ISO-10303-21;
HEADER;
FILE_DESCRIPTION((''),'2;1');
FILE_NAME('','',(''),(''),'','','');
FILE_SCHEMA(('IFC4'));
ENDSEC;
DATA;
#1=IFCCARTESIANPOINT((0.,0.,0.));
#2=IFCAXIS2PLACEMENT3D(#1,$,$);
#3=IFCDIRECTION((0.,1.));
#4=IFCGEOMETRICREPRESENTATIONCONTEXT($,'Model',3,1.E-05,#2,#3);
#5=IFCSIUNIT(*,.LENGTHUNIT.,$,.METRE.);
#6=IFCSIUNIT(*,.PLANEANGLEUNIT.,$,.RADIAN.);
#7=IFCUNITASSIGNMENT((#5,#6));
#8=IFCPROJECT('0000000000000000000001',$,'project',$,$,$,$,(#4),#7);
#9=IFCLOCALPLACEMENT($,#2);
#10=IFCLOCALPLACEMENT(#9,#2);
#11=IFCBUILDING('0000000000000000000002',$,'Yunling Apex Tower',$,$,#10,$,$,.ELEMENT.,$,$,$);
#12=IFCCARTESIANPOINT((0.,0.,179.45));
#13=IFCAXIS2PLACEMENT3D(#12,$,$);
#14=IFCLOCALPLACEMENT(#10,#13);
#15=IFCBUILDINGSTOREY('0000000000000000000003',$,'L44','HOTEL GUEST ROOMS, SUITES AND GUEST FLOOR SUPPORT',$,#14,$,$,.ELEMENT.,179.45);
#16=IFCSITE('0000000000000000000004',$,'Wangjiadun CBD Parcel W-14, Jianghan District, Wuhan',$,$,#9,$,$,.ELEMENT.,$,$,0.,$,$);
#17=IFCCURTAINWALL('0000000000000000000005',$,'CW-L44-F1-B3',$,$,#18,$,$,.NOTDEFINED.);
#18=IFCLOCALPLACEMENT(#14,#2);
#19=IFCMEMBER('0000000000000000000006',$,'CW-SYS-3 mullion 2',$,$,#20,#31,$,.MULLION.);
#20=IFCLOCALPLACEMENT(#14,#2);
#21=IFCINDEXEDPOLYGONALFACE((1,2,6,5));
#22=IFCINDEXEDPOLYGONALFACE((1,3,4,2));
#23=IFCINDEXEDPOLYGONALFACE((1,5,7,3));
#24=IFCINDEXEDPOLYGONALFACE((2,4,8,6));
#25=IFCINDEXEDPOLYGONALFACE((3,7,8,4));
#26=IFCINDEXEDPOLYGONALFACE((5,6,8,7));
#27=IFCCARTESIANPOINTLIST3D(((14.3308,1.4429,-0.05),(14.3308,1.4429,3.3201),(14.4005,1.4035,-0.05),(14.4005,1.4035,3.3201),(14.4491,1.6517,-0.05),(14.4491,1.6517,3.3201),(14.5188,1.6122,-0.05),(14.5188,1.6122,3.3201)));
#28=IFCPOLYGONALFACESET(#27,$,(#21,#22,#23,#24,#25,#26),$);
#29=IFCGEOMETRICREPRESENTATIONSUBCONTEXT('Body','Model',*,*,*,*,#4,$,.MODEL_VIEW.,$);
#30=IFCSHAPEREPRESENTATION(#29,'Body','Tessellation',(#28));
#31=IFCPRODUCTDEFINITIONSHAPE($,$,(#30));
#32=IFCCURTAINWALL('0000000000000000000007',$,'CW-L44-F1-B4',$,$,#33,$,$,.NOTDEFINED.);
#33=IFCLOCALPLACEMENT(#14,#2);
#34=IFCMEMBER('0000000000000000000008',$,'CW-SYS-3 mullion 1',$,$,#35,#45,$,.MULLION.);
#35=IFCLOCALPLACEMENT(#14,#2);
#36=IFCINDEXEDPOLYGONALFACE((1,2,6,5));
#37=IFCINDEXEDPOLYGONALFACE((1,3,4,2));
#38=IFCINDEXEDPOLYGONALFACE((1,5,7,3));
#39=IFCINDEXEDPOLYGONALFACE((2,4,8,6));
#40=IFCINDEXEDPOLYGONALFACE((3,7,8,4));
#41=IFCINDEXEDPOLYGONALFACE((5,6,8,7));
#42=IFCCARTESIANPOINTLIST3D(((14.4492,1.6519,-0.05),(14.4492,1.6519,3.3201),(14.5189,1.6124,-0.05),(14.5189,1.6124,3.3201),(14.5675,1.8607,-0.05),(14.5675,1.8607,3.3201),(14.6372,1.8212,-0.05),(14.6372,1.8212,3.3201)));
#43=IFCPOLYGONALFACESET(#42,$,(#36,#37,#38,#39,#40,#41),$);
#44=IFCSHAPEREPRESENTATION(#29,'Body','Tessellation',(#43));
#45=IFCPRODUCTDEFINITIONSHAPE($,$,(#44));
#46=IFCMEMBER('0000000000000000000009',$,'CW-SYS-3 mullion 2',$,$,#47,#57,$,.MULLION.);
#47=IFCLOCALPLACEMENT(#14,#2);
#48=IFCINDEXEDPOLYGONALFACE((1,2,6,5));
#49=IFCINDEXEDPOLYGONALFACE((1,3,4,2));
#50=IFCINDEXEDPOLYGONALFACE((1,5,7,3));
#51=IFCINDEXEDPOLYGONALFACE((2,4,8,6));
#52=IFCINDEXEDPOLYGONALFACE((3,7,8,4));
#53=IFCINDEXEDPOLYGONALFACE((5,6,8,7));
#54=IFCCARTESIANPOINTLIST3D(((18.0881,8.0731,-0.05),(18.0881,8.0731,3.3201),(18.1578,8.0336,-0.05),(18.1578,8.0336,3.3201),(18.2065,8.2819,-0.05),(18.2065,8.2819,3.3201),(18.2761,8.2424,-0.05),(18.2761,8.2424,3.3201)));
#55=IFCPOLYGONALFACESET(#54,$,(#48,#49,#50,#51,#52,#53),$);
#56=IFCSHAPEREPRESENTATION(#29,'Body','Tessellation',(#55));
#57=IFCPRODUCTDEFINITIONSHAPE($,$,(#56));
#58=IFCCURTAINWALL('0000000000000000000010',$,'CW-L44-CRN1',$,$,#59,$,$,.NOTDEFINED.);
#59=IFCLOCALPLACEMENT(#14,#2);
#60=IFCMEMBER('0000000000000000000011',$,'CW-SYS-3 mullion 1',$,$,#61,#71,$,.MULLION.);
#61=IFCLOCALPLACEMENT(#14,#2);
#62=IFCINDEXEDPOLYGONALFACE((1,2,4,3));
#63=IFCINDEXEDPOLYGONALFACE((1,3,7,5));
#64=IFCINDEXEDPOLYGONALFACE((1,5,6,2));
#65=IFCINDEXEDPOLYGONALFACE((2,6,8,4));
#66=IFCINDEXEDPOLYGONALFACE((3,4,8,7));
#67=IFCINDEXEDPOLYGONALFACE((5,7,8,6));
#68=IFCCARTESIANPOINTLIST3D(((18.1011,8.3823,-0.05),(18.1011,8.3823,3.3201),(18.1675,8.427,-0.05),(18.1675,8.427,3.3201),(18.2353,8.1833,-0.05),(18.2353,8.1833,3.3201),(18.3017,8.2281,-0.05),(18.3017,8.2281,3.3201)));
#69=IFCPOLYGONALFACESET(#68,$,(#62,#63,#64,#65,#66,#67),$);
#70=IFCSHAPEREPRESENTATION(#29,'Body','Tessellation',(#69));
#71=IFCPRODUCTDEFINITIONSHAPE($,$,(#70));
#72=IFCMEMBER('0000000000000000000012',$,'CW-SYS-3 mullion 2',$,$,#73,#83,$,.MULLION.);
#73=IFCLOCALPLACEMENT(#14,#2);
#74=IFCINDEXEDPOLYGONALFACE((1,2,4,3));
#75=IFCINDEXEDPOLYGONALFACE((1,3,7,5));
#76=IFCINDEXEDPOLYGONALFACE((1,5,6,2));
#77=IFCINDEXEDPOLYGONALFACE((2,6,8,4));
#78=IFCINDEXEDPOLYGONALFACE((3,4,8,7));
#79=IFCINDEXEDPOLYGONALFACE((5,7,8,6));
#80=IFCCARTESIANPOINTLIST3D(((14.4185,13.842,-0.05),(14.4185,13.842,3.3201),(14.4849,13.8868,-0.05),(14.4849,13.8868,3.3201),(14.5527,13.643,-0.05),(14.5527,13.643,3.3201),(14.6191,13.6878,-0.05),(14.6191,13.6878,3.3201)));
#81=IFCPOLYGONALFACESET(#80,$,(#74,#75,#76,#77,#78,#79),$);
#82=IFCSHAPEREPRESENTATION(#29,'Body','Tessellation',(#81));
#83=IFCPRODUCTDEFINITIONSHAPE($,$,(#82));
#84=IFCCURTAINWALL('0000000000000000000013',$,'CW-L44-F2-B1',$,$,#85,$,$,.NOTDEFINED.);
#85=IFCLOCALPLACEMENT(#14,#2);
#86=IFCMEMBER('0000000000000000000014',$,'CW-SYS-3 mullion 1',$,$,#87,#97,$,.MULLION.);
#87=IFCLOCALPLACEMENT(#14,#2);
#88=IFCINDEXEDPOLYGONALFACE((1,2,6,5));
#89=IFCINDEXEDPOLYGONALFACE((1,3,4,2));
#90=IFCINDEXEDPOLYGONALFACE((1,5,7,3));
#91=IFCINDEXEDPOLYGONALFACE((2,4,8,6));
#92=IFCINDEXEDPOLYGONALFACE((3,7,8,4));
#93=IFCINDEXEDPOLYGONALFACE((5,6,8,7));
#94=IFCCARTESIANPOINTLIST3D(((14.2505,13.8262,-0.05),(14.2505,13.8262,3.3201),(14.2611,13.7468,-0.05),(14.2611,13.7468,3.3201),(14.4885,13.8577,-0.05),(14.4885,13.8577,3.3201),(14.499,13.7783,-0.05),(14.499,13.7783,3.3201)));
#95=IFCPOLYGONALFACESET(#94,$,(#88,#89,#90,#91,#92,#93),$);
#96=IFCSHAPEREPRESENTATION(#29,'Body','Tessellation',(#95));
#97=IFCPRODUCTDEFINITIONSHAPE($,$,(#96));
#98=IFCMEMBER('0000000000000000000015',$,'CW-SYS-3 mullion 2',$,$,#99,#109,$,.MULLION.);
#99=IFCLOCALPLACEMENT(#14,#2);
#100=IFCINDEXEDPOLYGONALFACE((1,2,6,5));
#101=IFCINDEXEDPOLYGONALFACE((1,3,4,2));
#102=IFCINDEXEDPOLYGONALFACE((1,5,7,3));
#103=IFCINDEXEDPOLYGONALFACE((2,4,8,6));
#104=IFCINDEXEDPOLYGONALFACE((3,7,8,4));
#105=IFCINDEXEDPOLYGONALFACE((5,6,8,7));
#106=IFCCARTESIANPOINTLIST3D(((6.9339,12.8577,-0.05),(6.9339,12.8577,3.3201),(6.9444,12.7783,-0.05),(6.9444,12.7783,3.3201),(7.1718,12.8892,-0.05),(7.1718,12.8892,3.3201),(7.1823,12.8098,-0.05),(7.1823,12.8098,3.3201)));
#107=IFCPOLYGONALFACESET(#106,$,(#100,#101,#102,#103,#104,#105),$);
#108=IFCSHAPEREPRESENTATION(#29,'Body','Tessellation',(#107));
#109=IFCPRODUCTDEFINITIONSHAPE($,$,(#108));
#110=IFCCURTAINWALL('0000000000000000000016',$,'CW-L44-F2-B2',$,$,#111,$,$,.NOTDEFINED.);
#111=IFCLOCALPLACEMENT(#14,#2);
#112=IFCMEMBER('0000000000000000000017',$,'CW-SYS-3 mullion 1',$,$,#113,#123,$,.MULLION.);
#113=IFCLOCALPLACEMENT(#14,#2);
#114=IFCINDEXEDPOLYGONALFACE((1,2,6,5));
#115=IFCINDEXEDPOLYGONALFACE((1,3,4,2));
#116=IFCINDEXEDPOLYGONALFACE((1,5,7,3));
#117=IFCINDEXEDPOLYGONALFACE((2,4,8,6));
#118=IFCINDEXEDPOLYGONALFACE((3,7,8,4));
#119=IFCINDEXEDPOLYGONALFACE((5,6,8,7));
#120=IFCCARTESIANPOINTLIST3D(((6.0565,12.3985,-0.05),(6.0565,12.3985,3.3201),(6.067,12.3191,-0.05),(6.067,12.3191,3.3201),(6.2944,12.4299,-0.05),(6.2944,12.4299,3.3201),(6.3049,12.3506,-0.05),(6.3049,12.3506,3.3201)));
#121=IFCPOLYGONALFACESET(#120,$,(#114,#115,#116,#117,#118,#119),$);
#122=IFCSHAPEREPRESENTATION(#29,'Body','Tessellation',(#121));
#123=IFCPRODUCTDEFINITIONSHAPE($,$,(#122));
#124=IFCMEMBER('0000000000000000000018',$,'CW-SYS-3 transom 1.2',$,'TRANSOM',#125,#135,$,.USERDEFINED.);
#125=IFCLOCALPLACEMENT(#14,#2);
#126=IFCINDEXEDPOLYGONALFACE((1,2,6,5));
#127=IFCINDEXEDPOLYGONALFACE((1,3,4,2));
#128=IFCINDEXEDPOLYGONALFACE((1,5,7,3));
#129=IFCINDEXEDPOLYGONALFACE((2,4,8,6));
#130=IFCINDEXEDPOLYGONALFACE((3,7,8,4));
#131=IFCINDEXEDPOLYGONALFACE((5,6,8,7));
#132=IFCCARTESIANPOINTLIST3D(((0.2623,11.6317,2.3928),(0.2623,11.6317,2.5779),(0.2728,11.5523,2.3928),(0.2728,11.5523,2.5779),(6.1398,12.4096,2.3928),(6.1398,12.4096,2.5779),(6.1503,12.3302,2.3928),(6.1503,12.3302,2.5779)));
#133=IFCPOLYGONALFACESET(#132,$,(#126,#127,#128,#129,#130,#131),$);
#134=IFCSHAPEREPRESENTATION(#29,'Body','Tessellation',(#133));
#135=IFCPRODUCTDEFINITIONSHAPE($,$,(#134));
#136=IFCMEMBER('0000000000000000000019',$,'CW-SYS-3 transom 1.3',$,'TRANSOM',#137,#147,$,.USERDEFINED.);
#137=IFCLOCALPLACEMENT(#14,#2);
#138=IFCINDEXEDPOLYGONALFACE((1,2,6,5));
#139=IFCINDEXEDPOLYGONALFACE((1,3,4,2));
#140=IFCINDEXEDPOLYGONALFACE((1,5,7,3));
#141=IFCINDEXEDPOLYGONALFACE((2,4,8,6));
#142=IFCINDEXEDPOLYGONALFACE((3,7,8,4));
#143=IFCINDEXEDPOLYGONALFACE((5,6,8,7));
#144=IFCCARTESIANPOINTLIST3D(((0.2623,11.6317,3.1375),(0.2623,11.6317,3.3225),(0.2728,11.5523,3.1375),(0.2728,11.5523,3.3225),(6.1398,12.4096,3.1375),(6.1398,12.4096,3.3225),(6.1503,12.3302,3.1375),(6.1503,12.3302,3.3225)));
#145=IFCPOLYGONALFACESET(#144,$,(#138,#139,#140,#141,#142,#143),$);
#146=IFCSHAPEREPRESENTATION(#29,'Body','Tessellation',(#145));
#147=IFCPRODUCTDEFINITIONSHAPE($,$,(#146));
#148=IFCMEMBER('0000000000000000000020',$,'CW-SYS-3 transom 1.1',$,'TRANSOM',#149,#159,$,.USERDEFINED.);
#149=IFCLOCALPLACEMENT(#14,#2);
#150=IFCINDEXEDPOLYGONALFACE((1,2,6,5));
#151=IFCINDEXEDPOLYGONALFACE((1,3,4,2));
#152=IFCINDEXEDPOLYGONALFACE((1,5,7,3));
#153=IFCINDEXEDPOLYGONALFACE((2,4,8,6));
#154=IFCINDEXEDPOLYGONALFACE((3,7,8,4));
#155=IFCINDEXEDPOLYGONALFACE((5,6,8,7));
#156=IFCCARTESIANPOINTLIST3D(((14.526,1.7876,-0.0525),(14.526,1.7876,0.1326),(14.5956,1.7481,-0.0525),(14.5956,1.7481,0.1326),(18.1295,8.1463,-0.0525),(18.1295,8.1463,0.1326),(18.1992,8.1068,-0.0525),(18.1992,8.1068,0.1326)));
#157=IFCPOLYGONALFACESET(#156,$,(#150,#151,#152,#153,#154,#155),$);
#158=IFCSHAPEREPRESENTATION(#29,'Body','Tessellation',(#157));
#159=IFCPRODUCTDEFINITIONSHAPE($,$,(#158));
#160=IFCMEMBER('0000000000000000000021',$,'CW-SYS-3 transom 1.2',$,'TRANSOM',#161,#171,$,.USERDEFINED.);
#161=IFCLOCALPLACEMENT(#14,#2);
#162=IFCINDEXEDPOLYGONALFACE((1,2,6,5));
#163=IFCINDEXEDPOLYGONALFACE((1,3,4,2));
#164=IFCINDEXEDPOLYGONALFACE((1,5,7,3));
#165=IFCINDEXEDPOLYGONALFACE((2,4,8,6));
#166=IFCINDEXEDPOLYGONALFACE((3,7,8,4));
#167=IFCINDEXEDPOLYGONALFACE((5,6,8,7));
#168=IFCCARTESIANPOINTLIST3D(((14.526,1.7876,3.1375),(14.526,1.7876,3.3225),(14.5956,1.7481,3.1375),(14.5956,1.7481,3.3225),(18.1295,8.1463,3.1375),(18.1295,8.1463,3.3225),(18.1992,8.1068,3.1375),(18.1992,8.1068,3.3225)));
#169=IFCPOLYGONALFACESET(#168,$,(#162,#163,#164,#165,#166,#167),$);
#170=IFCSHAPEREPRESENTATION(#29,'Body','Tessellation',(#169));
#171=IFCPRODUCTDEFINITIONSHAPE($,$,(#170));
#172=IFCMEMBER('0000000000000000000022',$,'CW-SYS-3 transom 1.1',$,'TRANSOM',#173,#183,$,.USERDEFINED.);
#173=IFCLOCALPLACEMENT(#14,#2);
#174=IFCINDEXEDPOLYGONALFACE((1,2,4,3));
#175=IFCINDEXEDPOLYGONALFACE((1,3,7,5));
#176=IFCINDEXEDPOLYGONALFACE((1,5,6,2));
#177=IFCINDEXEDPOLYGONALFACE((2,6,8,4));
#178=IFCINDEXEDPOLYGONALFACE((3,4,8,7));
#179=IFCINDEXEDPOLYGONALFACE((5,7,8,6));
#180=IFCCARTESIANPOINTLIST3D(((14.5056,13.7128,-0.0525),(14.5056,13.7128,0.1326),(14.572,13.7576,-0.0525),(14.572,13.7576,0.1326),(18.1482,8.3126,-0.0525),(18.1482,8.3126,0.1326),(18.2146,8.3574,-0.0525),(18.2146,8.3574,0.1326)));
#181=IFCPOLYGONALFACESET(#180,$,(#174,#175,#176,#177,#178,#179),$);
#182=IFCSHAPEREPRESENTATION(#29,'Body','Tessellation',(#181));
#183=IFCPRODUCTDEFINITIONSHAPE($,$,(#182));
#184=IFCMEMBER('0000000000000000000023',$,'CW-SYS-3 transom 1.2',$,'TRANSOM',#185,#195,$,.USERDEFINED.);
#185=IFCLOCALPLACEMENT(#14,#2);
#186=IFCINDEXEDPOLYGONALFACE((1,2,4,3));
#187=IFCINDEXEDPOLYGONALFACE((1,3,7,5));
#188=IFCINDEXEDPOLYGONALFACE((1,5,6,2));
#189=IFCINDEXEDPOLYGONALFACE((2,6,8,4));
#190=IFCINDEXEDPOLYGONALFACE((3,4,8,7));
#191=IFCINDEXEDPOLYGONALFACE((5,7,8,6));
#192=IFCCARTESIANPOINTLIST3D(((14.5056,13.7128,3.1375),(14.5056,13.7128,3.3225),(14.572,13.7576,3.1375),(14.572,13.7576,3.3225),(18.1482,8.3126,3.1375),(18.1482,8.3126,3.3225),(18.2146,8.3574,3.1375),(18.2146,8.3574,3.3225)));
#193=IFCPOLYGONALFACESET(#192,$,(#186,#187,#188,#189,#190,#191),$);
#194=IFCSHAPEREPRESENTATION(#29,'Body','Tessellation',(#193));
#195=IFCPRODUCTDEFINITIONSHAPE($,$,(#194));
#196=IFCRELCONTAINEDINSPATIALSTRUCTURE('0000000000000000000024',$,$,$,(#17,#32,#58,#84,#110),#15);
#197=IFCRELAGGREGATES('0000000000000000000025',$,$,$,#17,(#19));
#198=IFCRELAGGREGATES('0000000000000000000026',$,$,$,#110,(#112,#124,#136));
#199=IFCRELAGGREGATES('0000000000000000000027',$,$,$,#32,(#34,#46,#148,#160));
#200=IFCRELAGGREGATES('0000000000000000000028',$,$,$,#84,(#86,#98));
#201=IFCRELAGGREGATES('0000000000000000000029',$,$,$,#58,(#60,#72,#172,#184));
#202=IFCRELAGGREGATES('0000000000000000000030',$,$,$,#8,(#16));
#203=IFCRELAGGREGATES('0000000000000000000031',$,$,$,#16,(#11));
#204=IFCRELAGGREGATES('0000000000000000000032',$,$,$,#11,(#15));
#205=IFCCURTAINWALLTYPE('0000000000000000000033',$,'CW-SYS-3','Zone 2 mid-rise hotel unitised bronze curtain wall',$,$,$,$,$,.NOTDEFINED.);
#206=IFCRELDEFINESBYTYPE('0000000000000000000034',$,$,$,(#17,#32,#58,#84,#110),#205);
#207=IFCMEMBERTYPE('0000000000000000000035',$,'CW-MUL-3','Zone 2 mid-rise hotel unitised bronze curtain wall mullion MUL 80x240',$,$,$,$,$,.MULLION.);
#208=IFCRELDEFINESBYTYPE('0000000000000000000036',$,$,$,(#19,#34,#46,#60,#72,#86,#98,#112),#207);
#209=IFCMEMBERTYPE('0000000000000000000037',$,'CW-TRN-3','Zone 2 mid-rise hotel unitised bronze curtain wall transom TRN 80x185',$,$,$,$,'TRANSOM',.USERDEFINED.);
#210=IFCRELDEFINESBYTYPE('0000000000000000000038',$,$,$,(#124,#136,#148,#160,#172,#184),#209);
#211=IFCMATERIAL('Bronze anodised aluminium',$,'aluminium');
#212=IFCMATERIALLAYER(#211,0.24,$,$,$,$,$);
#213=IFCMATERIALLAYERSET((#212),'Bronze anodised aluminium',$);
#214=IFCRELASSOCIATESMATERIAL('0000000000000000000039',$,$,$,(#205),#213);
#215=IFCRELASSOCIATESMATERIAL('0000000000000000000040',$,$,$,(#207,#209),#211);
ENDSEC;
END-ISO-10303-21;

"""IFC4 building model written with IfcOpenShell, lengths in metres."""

from ifc_helpers import new_model, si_unit, direction, frame, origin, origin_2d, place, context, subcontext, project, spatial, rectangle, extrude, source, transform, mapped, material, layer, layer_set, material_profile, profile_set, type_object, element, aggregate, save


model = new_model("IFC4")

# Units and contexts
model_context = context("Model", 3, precision=1e-05, world=origin(), true_north=direction((0.0, 1.0)))
body_context = subcontext(model_context, "Body", "Model", "MODEL_VIEW")
ifc_project = project(units=[si_unit("LENGTHUNIT", "METRE"), si_unit("PLANEANGLEUNIT", "RADIAN")], contexts=[model_context])

# Site, building, storey
site_placement = place(None, origin())
site = spatial("IfcSite", under=ifc_project, at=site_placement, Name="Wangjiadun CBD Parcel W-14, Jianghan District, Wuhan", CompositionType="ELEMENT", RefElevation=0.0)
building_placement = place(site_placement, origin())
building = spatial("IfcBuilding", under=site, at=building_placement, Name="Yunling Apex Tower", CompositionType="ELEMENT")
storey_placement = place(building_placement, frame((0.0, 0.0, 179.45)))
storey = spatial("IfcBuildingStorey", under=building, at=storey_placement, Name="L44", Description="HOTEL GUEST ROOMS, SUITES AND GUEST FLOOR SUPPORT", CompositionType="ELEMENT", Elevation=179.45)

# Curtain wall, member
ifc_material_1 = material(Name="Bronze anodised aluminium", Category="aluminium")
ifc_layer_1 = layer(ifc_material_1, 0.24)
ifc_layer_set_1 = layer_set([ifc_layer_1], Name="Bronze anodised aluminium")
curtain_wall_type = type_object("IfcCurtainWallType", Name="CW-SYS-3", Description="Zone 2 mid-rise hotel unitised bronze curtain wall", PredefinedType="NOTDEFINED", material=ifc_layer_set_1)
curtain_wall_1_placement = place(storey_placement, origin())
curtain_wall_1 = element("IfcCurtainWall", 1, at=curtain_wall_1_placement, inside=storey, type_object=curtain_wall_type, Name="CW-L44-F1-B3", PredefinedType="NOTDEFINED")
ifc_material_profile_1 = material_profile(ifc_material_1, rectangle(XDim=0.0801, YDim=0.24, at=origin_2d()))
ifc_profile_set_1 = profile_set([ifc_material_profile_1], Name="Bronze anodised aluminium")
member_type_1 = type_object("IfcMemberType", Name="CW-MUL-3", Description="Zone 2 mid-rise hotel unitised bronze curtain wall mullion MUL 80x240", PredefinedType="MULLION", material=ifc_profile_set_1)
shared_shape_1 = source(origin(), body_context, "Body", "SweptSolid", [
    extrude(rectangle(XDim=0.0801, YDim=0.24, at=origin_2d()), origin(), (0.0, 0.0, 1.0), 3.3701),
])
member_1_placement = place(storey_placement, frame((14.4248, 1.5276, -0.05), z_axis=(0.0, 0.0, 1.0), x_axis=(-0.870009, 0.493035, 0.0)))
member_1 = element("IfcMember", 2, at=member_1_placement, type_object=member_type_1, Name="CW-SYS-3 mullion 2", PredefinedType="MULLION", context=body_context, shape_type="MappedRepresentation", body=[
    mapped(shared_shape_1, transform((0.0, 0.0, 0.0), scale=1.0)),
])
aggregate(curtain_wall_1, [member_1])

# Curtain walls, members
curtain_wall_2_placement = place(storey_placement, origin())
curtain_wall_2 = element("IfcCurtainWall", 3, at=curtain_wall_2_placement, inside=storey, type_object=curtain_wall_type, Name="CW-L44-F1-B4", PredefinedType="NOTDEFINED")
member_2_placement = place(storey_placement, frame((14.5432, 1.7366, -0.05), z_axis=(0.0, 0.0, 1.0), x_axis=(-0.870006, 0.493041, 0.0)))
member_2 = element("IfcMember", 4, at=member_2_placement, type_object=member_type_1, Name="CW-SYS-3 mullion 1", PredefinedType="MULLION", context=body_context, shape_type="MappedRepresentation", body=[
    mapped(shared_shape_1, transform((0.0, 0.0, 0.0), scale=1.0)),
])
member_3_placement = place(storey_placement, frame((18.1821, 8.1577, -0.05), z_axis=(0.0, 0.0, 1.0), x_axis=(-0.870006, 0.493041, 0.0)))
member_3 = element("IfcMember", 5, at=member_3_placement, type_object=member_type_1, Name="CW-SYS-3 mullion 2", PredefinedType="MULLION", context=body_context, shape_type="MappedRepresentation", body=[
    mapped(shared_shape_1, transform((0.0, 0.0, 0.0), scale=1.0)),
])
curtain_wall_3_placement = place(storey_placement, origin())
curtain_wall_3 = element("IfcCurtainWall", 6, at=curtain_wall_3_placement, inside=storey, type_object=curtain_wall_type, Name="CW-L44-CRN1", PredefinedType="NOTDEFINED")
member_4_placement = place(storey_placement, frame((18.2014, 8.3052, -0.05), z_axis=(0.0, 0.0, 1.0), x_axis=(-0.829038, -0.559193, 0.0)))
member_4 = element("IfcMember", 7, at=member_4_placement, type_object=member_type_1, Name="CW-SYS-3 mullion 1", PredefinedType="MULLION", context=body_context, shape_type="MappedRepresentation", body=[
    mapped(shared_shape_1, transform((0.0, 0.0, 0.0), scale=1.0)),
])
member_5_placement = place(storey_placement, frame((14.5188, 13.7649, -0.05), z_axis=(0.0, 0.0, 1.0), x_axis=(-0.829038, -0.559193, 0.0)))
member_5 = element("IfcMember", 8, at=member_5_placement, type_object=member_type_1, Name="CW-SYS-3 mullion 2", PredefinedType="MULLION", context=body_context, shape_type="MappedRepresentation", body=[
    mapped(shared_shape_1, transform((0.0, 0.0, 0.0), scale=1.0)),
])
curtain_wall_4_placement = place(storey_placement, origin())
curtain_wall_4 = element("IfcCurtainWall", 9, at=curtain_wall_4_placement, inside=storey, type_object=curtain_wall_type, Name="CW-L44-F2-B1", PredefinedType="NOTDEFINED")
member_6_placement = place(storey_placement, frame((14.3748, 13.8022, -0.05), z_axis=(0.0, 0.0, 1.0), x_axis=(0.131222, -0.991353, 0.0)))
member_6 = element("IfcMember", 10, at=member_6_placement, type_object=member_type_1, Name="CW-SYS-3 mullion 1", PredefinedType="MULLION", context=body_context, shape_type="MappedRepresentation", body=[
    mapped(shared_shape_1, transform((0.0, 0.0, 0.0), scale=1.0)),
])
member_7_placement = place(storey_placement, frame((7.0581, 12.8337, -0.05), z_axis=(0.0, 0.0, 1.0), x_axis=(0.131222, -0.991353, 0.0)))
member_7 = element("IfcMember", 11, at=member_7_placement, type_object=member_type_1, Name="CW-SYS-3 mullion 2", PredefinedType="MULLION", context=body_context, shape_type="MappedRepresentation", body=[
    mapped(shared_shape_1, transform((0.0, 0.0, 0.0), scale=1.0)),
])
curtain_wall_5_placement = place(storey_placement, origin())
curtain_wall_5 = element("IfcCurtainWall", 12, at=curtain_wall_5_placement, inside=storey, type_object=curtain_wall_type, Name="CW-L44-F2-B2", PredefinedType="NOTDEFINED")
member_8_placement = place(storey_placement, frame((6.1807, 12.3745, -0.05), z_axis=(0.0, 0.0, 1.0), x_axis=(0.131205, -0.991355, 0.0)))
member_8 = element("IfcMember", 13, at=member_8_placement, type_object=member_type_1, Name="CW-SYS-3 mullion 1", PredefinedType="MULLION", context=body_context, shape_type="MappedRepresentation", body=[
    mapped(shared_shape_1, transform((0.0, 0.0, 0.0), scale=1.0)),
])
ifc_material_profile_2 = material_profile(ifc_material_1, rectangle(XDim=0.0801, YDim=0.1851, at=origin_2d()))
ifc_profile_set_2 = profile_set([ifc_material_profile_2], Name="Bronze anodised aluminium")
member_type_2 = type_object("IfcMemberType", Name="CW-TRN-3", Description="Zone 2 mid-rise hotel unitised bronze curtain wall transom TRN 80x185", ElementType="TRANSOM", PredefinedType="USERDEFINED", material=ifc_profile_set_2)
shared_shape_2 = source(origin(), body_context, "Body", "SweptSolid", [
    extrude(rectangle(XDim=0.0801, YDim=0.1851, at=origin_2d()), origin(), (0.0, 0.0, 1.0), 5.9287),
])
member_9_placement = place(storey_placement, frame((6.145, 12.3699, 2.4854), z_axis=(-0.991356, -0.131198, 0.0), x_axis=(0.131198, -0.991356, 0.0)))
member_9 = element("IfcMember", 14, at=member_9_placement, type_object=member_type_2, Name="CW-SYS-3 transom 1.2", ObjectType="TRANSOM", PredefinedType="USERDEFINED", context=body_context, shape_type="MappedRepresentation", body=[
    mapped(shared_shape_2, transform((0.0, 0.0, 0.0), scale=1.0)),
])
member_10_placement = place(storey_placement, frame((6.145, 12.3699, 3.23), z_axis=(-0.991356, -0.131198, 0.0), x_axis=(0.131198, -0.991356, 0.0)))
member_10 = element("IfcMember", 15, at=member_10_placement, type_object=member_type_2, Name="CW-SYS-3 transom 1.3", ObjectType="TRANSOM", PredefinedType="USERDEFINED", context=body_context, shape_type="MappedRepresentation", body=[
    mapped(shared_shape_2, transform((0.0, 0.0, 0.0), scale=1.0)),
])
aggregate(curtain_wall_5, [member_8, member_9, member_10])

# Members
shared_shape_3 = source(origin(), body_context, "Body", "SweptSolid", [
    extrude(rectangle(XDim=0.0801, YDim=0.1851, at=origin_2d()), origin(), (0.0, 0.0, 1.0), 7.3088),
])
member_11_placement = place(storey_placement, frame((14.5608, 1.7678, 0.04), z_axis=(0.493042, 0.870005, 0.0), x_axis=(-0.870005, 0.493042, 0.0)))
member_11 = element("IfcMember", 16, at=member_11_placement, type_object=member_type_2, Name="CW-SYS-3 transom 1.1", ObjectType="TRANSOM", PredefinedType="USERDEFINED", context=body_context, shape_type="MappedRepresentation", body=[
    mapped(shared_shape_3, transform((0.0, 0.0, 0.0), scale=1.0)),
])
member_12_placement = place(storey_placement, frame((14.5608, 1.7678, 3.23), z_axis=(0.493042, 0.870005, 0.0), x_axis=(-0.870005, 0.493042, 0.0)))
member_12 = element("IfcMember", 17, at=member_12_placement, type_object=member_type_2, Name="CW-SYS-3 transom 1.2", ObjectType="TRANSOM", PredefinedType="USERDEFINED", context=body_context, shape_type="MappedRepresentation", body=[
    mapped(shared_shape_3, transform((0.0, 0.0, 0.0), scale=1.0)),
])
shared_shape_4 = source(origin(), body_context, "Body", "SweptSolid", [
    extrude(rectangle(XDim=0.0801, YDim=0.1851, at=origin_2d()), origin(), (0.0, 0.0, 1.0), 6.5139),
])
member_13_placement = place(storey_placement, frame((18.1814, 8.335, 0.04), z_axis=(-0.559207, 0.829028, 0.0), x_axis=(-0.829028, -0.559207, 0.0)))
member_13 = element("IfcMember", 18, at=member_13_placement, type_object=member_type_2, Name="CW-SYS-3 transom 1.1", ObjectType="TRANSOM", PredefinedType="USERDEFINED", context=body_context, shape_type="MappedRepresentation", body=[
    mapped(shared_shape_4, transform((0.0, 0.0, 0.0), scale=1.0)),
])
member_14_placement = place(storey_placement, frame((18.1814, 8.335, 3.23), z_axis=(-0.559207, 0.829028, 0.0), x_axis=(-0.829028, -0.559207, 0.0)))
member_14 = element("IfcMember", 19, at=member_14_placement, type_object=member_type_2, Name="CW-SYS-3 transom 1.2", ObjectType="TRANSOM", PredefinedType="USERDEFINED", context=body_context, shape_type="MappedRepresentation", body=[
    mapped(shared_shape_4, transform((0.0, 0.0, 0.0), scale=1.0)),
])

aggregate(curtain_wall_2, [member_2, member_3, member_11, member_12])
aggregate(curtain_wall_4, [member_6, member_7])
aggregate(curtain_wall_3, [member_4, member_5, member_13, member_14])

save(model, "model.ifc")
